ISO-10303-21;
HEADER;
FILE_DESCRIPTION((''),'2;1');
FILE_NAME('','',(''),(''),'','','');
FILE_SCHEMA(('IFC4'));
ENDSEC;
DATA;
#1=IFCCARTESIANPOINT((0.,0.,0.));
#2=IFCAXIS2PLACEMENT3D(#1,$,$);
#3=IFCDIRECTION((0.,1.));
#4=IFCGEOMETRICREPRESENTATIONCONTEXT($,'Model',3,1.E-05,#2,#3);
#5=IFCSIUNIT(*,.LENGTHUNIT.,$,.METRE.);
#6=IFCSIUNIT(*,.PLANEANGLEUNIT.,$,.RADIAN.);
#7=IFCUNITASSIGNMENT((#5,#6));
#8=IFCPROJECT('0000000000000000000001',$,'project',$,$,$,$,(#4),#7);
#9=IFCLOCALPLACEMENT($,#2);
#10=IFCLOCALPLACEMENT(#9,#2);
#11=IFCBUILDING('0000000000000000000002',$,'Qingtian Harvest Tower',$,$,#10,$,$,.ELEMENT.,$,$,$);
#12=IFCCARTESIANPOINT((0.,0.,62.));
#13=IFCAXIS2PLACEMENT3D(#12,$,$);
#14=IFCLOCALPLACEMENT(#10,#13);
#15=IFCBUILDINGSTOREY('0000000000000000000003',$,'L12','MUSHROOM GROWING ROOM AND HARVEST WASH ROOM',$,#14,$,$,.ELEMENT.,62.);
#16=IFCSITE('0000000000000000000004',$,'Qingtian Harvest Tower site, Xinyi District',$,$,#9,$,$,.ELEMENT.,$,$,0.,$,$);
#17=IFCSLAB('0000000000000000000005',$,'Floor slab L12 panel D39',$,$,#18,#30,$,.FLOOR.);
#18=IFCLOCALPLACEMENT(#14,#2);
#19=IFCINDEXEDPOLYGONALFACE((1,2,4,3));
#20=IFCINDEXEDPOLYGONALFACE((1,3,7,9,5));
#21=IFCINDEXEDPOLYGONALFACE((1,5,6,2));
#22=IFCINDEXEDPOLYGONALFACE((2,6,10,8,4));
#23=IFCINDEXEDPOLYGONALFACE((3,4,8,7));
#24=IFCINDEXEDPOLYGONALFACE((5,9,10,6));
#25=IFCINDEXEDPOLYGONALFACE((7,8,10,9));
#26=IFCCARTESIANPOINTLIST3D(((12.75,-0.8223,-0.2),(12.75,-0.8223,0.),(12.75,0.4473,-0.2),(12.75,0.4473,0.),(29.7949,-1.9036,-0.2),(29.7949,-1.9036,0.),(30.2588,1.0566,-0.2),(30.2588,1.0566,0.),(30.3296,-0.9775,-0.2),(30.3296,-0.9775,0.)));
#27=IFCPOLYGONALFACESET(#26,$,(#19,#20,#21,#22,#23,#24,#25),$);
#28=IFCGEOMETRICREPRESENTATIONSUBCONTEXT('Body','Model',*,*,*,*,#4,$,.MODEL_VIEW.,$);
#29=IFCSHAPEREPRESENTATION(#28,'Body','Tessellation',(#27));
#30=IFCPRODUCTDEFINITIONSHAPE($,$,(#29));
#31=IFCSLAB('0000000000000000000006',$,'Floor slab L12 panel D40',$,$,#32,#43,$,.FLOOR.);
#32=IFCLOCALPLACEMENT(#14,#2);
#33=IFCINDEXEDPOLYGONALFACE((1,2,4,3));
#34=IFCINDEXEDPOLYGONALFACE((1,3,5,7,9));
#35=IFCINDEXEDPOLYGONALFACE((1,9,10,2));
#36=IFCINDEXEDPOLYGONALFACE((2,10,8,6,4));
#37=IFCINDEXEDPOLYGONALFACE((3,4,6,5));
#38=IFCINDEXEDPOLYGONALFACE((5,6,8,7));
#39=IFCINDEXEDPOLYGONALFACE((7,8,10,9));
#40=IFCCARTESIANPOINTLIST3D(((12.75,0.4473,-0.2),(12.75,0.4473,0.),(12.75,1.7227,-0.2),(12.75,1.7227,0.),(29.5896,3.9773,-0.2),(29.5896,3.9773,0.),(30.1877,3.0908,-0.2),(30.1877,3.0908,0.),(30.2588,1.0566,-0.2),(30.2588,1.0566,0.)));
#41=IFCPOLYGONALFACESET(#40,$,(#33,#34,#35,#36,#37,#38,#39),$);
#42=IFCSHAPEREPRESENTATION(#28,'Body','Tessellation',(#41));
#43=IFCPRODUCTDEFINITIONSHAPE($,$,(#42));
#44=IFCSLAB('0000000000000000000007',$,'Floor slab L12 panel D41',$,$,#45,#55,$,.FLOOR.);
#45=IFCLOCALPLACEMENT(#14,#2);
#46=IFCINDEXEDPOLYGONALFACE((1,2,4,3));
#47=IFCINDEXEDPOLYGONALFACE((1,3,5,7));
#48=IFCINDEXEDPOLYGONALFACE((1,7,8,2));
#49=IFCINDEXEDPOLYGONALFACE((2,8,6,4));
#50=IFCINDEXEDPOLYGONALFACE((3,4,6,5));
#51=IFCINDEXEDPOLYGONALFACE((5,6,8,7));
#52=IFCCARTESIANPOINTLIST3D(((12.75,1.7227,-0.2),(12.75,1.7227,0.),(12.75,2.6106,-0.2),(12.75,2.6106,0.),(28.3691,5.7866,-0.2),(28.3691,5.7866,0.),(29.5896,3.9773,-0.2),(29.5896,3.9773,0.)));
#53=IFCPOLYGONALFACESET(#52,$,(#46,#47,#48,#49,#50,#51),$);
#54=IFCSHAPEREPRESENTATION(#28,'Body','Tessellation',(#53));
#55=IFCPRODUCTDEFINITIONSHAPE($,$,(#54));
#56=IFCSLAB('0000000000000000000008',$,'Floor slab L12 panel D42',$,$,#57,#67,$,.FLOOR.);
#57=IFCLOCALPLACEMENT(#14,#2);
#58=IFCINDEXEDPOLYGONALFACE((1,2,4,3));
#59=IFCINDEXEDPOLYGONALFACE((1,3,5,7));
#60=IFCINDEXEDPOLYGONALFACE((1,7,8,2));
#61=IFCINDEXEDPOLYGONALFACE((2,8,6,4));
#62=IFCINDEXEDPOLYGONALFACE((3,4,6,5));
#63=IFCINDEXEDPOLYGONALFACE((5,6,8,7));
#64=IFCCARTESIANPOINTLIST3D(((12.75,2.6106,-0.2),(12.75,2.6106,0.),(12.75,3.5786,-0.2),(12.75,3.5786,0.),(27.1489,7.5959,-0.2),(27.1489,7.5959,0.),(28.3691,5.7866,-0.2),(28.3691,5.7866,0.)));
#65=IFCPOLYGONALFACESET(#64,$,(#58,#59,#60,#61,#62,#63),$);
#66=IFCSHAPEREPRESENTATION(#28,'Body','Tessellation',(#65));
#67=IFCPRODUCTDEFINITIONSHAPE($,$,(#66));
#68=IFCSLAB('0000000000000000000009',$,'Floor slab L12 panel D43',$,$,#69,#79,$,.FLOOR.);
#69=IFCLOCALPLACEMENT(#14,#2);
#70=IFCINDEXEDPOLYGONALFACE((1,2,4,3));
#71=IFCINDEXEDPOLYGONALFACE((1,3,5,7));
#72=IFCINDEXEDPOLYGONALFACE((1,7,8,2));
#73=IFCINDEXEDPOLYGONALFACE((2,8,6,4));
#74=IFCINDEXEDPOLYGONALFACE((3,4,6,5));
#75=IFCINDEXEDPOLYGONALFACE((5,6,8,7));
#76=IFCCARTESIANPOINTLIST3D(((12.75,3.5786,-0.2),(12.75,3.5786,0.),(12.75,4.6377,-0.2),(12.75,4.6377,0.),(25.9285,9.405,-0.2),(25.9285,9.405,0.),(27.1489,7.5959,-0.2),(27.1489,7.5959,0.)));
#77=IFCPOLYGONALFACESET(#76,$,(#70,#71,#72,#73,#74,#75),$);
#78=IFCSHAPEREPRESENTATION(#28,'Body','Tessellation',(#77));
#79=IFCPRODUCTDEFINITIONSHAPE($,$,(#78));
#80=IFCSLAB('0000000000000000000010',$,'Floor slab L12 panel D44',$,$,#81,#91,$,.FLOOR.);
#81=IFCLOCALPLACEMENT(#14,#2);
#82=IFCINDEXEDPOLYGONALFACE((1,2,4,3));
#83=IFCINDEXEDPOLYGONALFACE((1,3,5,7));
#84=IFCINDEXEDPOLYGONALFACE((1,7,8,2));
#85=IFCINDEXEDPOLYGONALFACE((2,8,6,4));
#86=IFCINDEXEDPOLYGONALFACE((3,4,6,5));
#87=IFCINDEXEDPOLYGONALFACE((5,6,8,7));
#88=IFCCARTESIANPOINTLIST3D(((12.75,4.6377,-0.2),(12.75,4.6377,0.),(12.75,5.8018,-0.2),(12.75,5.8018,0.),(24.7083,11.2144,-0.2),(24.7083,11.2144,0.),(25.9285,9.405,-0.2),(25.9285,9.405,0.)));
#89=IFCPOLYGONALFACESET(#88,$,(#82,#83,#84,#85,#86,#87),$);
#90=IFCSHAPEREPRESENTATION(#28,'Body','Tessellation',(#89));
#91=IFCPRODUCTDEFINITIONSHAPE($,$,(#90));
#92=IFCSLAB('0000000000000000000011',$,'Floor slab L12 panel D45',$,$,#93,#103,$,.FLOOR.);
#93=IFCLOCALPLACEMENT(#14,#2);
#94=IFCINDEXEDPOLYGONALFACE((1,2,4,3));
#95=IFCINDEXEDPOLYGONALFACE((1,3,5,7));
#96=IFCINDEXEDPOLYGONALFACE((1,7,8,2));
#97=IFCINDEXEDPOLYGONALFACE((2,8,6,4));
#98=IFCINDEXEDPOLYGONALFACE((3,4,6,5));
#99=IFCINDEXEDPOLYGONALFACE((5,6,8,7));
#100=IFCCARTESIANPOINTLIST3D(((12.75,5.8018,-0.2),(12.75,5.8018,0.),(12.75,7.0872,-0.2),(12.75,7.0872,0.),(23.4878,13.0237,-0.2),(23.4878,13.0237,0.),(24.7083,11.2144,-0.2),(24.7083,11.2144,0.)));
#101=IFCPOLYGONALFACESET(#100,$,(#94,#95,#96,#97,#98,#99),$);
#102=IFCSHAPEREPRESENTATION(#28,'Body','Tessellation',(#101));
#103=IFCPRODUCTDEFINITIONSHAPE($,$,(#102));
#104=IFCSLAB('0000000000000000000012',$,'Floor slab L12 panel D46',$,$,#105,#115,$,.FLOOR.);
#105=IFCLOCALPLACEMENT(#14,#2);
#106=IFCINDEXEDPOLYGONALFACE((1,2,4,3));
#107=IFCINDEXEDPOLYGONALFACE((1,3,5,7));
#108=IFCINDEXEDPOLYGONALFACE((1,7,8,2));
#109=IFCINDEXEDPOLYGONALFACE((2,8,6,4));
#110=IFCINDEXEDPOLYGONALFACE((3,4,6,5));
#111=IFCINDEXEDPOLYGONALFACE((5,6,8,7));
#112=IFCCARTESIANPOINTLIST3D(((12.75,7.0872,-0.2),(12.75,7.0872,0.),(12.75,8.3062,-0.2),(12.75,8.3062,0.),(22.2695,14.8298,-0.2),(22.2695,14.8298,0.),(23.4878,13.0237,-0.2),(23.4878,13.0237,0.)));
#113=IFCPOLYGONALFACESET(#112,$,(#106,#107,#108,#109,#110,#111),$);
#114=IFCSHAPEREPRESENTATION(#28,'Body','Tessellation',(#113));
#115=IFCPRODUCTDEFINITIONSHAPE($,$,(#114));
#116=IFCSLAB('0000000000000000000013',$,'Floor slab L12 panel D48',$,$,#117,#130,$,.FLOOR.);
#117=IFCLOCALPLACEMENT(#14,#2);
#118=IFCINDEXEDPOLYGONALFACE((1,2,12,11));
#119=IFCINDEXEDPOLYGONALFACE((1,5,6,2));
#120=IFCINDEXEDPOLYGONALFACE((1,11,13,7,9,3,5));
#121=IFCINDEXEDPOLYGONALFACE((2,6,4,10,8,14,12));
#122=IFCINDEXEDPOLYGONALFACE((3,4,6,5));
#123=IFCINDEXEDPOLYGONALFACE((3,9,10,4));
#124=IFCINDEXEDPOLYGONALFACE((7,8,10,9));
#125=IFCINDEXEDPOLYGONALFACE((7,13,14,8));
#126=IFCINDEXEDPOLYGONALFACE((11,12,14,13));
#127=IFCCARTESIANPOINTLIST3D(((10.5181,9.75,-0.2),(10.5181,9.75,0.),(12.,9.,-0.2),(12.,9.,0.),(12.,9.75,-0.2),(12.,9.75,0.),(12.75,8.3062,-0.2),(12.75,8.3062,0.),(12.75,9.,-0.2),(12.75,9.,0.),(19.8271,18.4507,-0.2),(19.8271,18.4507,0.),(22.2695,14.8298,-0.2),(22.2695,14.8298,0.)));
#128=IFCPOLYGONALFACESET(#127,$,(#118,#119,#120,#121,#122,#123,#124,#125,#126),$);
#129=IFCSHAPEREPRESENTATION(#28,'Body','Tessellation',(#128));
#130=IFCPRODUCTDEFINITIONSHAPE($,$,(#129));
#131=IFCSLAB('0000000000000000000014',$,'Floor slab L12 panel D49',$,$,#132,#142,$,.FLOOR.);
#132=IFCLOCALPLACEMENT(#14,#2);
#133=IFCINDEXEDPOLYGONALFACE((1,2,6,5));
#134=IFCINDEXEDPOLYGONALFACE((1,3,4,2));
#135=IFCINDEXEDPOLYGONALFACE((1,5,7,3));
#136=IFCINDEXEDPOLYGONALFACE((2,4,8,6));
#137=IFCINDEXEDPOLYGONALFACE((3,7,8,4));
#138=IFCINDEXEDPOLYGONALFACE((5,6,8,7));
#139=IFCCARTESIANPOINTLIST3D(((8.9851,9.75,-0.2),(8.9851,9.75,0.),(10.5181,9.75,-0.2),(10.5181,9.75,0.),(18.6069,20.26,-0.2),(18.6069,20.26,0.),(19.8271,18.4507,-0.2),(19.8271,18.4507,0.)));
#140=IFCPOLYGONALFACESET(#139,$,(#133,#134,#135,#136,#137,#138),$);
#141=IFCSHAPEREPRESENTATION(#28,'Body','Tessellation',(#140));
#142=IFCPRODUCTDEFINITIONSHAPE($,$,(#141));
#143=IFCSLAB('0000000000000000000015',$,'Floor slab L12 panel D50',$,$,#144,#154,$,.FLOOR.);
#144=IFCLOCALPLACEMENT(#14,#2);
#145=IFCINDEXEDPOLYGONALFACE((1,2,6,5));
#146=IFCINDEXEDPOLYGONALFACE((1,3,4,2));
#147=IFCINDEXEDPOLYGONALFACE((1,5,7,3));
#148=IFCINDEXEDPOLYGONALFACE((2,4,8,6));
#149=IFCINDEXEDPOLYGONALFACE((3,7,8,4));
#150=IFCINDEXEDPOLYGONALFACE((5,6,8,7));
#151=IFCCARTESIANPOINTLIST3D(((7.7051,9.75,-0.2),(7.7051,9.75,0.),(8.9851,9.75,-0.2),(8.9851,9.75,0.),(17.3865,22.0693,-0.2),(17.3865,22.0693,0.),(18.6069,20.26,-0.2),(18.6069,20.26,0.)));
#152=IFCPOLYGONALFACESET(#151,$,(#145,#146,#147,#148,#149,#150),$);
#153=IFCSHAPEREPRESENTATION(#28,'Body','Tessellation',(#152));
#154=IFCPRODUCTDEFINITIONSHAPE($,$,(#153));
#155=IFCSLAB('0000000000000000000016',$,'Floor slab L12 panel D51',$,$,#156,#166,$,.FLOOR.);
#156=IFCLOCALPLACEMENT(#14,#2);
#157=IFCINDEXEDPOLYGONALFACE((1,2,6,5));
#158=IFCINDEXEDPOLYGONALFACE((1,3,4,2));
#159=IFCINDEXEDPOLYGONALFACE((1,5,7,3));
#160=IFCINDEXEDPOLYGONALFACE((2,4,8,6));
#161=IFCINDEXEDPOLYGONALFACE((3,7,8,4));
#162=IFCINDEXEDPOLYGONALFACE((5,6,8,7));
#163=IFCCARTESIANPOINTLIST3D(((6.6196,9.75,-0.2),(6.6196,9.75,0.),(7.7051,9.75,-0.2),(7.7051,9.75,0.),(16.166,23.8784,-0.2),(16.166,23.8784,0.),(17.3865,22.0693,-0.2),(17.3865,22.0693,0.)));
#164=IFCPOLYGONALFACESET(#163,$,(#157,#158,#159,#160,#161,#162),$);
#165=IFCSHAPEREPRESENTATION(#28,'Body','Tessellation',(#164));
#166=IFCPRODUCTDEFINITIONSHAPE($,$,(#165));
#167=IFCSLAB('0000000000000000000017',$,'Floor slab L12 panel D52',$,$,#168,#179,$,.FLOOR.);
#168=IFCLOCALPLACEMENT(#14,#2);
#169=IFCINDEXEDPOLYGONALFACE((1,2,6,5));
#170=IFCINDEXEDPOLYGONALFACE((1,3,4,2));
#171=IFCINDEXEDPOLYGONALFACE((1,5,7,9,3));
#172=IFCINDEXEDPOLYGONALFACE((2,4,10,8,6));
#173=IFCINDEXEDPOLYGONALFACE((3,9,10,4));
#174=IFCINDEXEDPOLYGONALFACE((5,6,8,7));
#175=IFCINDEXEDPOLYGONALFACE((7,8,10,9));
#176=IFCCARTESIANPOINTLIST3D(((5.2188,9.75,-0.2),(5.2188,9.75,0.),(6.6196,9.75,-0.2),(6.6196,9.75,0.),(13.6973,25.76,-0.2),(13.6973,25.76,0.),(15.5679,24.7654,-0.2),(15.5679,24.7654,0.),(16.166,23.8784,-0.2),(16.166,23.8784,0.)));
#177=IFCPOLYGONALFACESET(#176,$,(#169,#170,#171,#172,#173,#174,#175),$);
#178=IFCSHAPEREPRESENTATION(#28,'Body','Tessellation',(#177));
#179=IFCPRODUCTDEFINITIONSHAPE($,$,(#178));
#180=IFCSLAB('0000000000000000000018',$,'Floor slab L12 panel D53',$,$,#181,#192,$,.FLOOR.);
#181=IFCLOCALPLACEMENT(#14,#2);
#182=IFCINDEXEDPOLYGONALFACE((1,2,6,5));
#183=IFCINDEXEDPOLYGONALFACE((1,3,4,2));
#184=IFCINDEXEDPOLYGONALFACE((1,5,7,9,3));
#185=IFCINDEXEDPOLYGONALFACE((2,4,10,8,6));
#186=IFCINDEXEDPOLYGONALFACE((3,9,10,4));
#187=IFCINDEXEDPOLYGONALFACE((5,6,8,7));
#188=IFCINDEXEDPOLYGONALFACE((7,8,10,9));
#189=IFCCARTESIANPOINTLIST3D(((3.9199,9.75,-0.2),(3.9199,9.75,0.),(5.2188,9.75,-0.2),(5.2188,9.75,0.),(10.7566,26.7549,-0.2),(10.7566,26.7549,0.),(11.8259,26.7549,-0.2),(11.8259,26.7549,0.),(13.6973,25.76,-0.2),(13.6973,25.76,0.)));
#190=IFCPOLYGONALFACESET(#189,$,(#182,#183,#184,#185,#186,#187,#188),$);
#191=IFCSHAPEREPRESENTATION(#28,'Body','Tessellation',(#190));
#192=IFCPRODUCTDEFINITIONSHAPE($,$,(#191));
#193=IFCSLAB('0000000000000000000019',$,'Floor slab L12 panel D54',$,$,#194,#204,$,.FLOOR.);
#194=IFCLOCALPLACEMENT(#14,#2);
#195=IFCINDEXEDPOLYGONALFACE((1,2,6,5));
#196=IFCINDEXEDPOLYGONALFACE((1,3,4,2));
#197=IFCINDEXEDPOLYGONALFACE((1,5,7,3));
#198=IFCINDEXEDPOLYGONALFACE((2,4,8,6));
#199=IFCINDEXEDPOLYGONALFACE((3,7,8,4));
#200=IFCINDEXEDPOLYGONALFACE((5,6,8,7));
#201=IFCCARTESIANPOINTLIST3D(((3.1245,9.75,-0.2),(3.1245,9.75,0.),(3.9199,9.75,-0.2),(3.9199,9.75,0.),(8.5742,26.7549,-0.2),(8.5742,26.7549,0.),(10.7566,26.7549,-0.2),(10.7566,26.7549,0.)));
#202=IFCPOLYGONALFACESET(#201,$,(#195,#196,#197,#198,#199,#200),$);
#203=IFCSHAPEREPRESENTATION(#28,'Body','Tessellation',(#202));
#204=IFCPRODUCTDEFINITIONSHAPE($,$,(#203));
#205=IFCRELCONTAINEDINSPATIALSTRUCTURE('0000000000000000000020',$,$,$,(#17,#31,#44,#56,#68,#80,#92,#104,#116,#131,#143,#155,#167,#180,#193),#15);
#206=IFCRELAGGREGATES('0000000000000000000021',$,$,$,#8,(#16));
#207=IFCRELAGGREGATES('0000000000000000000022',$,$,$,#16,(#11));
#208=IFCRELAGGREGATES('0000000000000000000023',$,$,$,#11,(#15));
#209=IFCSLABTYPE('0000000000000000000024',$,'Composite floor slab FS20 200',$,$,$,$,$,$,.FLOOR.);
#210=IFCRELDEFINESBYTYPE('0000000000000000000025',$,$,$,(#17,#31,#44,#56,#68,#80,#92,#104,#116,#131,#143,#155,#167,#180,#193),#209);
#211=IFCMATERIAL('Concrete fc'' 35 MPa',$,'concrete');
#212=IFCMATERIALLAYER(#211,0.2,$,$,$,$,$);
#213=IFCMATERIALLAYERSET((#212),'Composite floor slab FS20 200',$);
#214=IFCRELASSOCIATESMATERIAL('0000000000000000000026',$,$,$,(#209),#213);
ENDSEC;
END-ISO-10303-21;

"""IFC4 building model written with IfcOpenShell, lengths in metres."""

from ifc_helpers import new_model, si_unit, direction, frame, origin, place, context, subcontext, project, spatial, polyline, outline, extrude, material, layer, layer_set, type_object, element, save


model = new_model("IFC4")

# Units and contexts
model_context = context("Model", 3, precision=1e-05, world=origin(), true_north=direction((0.0, 1.0)))
body_context = subcontext(model_context, "Body", "Model", "MODEL_VIEW")
ifc_project = project(units=[si_unit("LENGTHUNIT", "METRE"), si_unit("PLANEANGLEUNIT", "RADIAN")], contexts=[model_context])

# Site, building, storey
site_placement = place(None, origin())
site = spatial("IfcSite", under=ifc_project, at=site_placement, Name="Qingtian Harvest Tower site, Xinyi District", CompositionType="ELEMENT", RefElevation=0.0)
building_placement = place(site_placement, origin())
building = spatial("IfcBuilding", under=site, at=building_placement, Name="Qingtian Harvest Tower", CompositionType="ELEMENT")
storey_placement = place(building_placement, frame((0.0, 0.0, 62.0)))
storey = spatial("IfcBuildingStorey", under=building, at=storey_placement, Name="L12", Description="MUSHROOM GROWING ROOM AND HARVEST WASH ROOM", CompositionType="ELEMENT", Elevation=62.0)

# Slabs
ifc_material_1 = material(Name="Concrete fc' 35 MPa", Category="concrete")
ifc_layer_1 = layer(ifc_material_1, 0.2)
ifc_layer_set_1 = layer_set([ifc_layer_1], Name="Composite floor slab FS20 200")
slab_type = type_object("IfcSlabType", Name="Composite floor slab FS20 200", PredefinedType="FLOOR", material=ifc_layer_set_1)
slab_1_placement = place(storey_placement, frame((0.0, 0.0, -0.2)))
element("IfcSlab", 1, at=slab_1_placement, inside=storey, type_object=slab_type, Name="Floor slab L12 panel D39", PredefinedType="FLOOR", context=body_context, shape_type="SweptSolid", body=[
    extrude(outline(polyline([(12.75, -0.8223), (12.75, 0.4473), (30.2588, 1.0566), (30.3296, -0.9775), (29.7949, -1.9036), (12.75, -0.8223)])), origin(), (0.0, 0.0, 1.0), 0.2),
])
slab_2_placement = place(storey_placement, frame((0.0, 0.0, -0.2)))
element("IfcSlab", 2, at=slab_2_placement, inside=storey, type_object=slab_type, Name="Floor slab L12 panel D40", PredefinedType="FLOOR", context=body_context, shape_type="SweptSolid", body=[
    extrude(outline(polyline([(12.75, 0.4473), (12.75, 1.7227), (29.5896, 3.9773), (30.1877, 3.0908), (30.2588, 1.0566), (12.75, 0.4473)])), origin(), (0.0, 0.0, 1.0), 0.2),
])
slab_3_placement = place(storey_placement, frame((0.0, 0.0, -0.2)))
element("IfcSlab", 3, at=slab_3_placement, inside=storey, type_object=slab_type, Name="Floor slab L12 panel D41", PredefinedType="FLOOR", context=body_context, shape_type="SweptSolid", body=[
    extrude(outline(polyline([(12.75, 2.6106), (28.3691, 5.7866), (29.5896, 3.9773), (12.75, 1.7227), (12.75, 2.6106)])), origin(), (0.0, 0.0, 1.0), 0.2),
])
slab_4_placement = place(storey_placement, frame((0.0, 0.0, -0.2)))
element("IfcSlab", 4, at=slab_4_placement, inside=storey, type_object=slab_type, Name="Floor slab L12 panel D42", PredefinedType="FLOOR", context=body_context, shape_type="SweptSolid", body=[
    extrude(outline(polyline([(12.75, 3.5786), (27.1489, 7.5959), (28.3691, 5.7866), (12.75, 2.6106), (12.75, 3.5786)])), origin(), (0.0, 0.0, 1.0), 0.2),
])
slab_5_placement = place(storey_placement, frame((0.0, 0.0, -0.2)))
element("IfcSlab", 5, at=slab_5_placement, inside=storey, type_object=slab_type, Name="Floor slab L12 panel D43", PredefinedType="FLOOR", context=body_context, shape_type="SweptSolid", body=[
    extrude(outline(polyline([(12.75, 4.6377), (25.9285, 9.405), (27.1489, 7.5959), (12.75, 3.5786), (12.75, 4.6377)])), origin(), (0.0, 0.0, 1.0), 0.2),
])
slab_6_placement = place(storey_placement, frame((0.0, 0.0, -0.2)))
element("IfcSlab", 6, at=slab_6_placement, inside=storey, type_object=slab_type, Name="Floor slab L12 panel D44", PredefinedType="FLOOR", context=body_context, shape_type="SweptSolid", body=[
    extrude(outline(polyline([(12.75, 5.8018), (24.7083, 11.2144), (25.9285, 9.405), (12.75, 4.6377), (12.75, 5.8018)])), origin(), (0.0, 0.0, 1.0), 0.2),
])
slab_7_placement = place(storey_placement, frame((0.0, 0.0, -0.2)))
element("IfcSlab", 7, at=slab_7_placement, inside=storey, type_object=slab_type, Name="Floor slab L12 panel D45", PredefinedType="FLOOR", context=body_context, shape_type="SweptSolid", body=[
    extrude(outline(polyline([(12.75, 7.0872), (23.4878, 13.0237), (24.7083, 11.2144), (12.75, 5.8018), (12.75, 7.0872)])), origin(), (0.0, 0.0, 1.0), 0.2),
])
slab_8_placement = place(storey_placement, frame((0.0, 0.0, -0.2)))
element("IfcSlab", 8, at=slab_8_placement, inside=storey, type_object=slab_type, Name="Floor slab L12 panel D46", PredefinedType="FLOOR", context=body_context, shape_type="SweptSolid", body=[
    extrude(outline(polyline([(12.75, 8.3062), (22.2695, 14.8298), (23.4878, 13.0237), (12.75, 7.0872), (12.75, 8.3062)])), origin(), (0.0, 0.0, 1.0), 0.2),
])
slab_9_placement = place(storey_placement, frame((0.0, 0.0, -0.2)))
element("IfcSlab", 9, at=slab_9_placement, inside=storey, type_object=slab_type, Name="Floor slab L12 panel D48", PredefinedType="FLOOR", context=body_context, shape_type="SweptSolid", body=[
    extrude(outline(polyline([(19.8271, 18.4507), (22.2695, 14.8298), (12.75, 8.3062), (12.75, 9.0), (12.0, 9.0), (12.0, 9.75), (10.5181, 9.75), (19.8271, 18.4507)])), origin(), (0.0, 0.0, 1.0), 0.2),
])
slab_10_placement = place(storey_placement, frame((0.0, 0.0, -0.2)))
element("IfcSlab", 10, at=slab_10_placement, inside=storey, type_object=slab_type, Name="Floor slab L12 panel D49", PredefinedType="FLOOR", context=body_context, shape_type="SweptSolid", body=[
    extrude(outline(polyline([(8.9851, 9.75), (18.6069, 20.26), (19.8271, 18.4507), (10.5181, 9.75), (8.9851, 9.75)])), origin(), (0.0, 0.0, 1.0), 0.2),
])
slab_11_placement = place(storey_placement, frame((0.0, 0.0, -0.2)))
element("IfcSlab", 11, at=slab_11_placement, inside=storey, type_object=slab_type, Name="Floor slab L12 panel D50", PredefinedType="FLOOR", context=body_context, shape_type="SweptSolid", body=[
    extrude(outline(polyline([(7.7051, 9.75), (17.3865, 22.0693), (18.6069, 20.26), (8.9851, 9.75), (7.7051, 9.75)])), origin(), (0.0, 0.0, 1.0), 0.2),
])
slab_12_placement = place(storey_placement, frame((0.0, 0.0, -0.2)))
element("IfcSlab", 12, at=slab_12_placement, inside=storey, type_object=slab_type, Name="Floor slab L12 panel D51", PredefinedType="FLOOR", context=body_context, shape_type="SweptSolid", body=[
    extrude(outline(polyline([(6.6196, 9.75), (16.166, 23.8784), (17.3865, 22.0693), (7.7051, 9.75), (6.6196, 9.75)])), origin(), (0.0, 0.0, 1.0), 0.2),
])
slab_13_placement = place(storey_placement, frame((0.0, 0.0, -0.2)))
element("IfcSlab", 13, at=slab_13_placement, inside=storey, type_object=slab_type, Name="Floor slab L12 panel D52", PredefinedType="FLOOR", context=body_context, shape_type="SweptSolid", body=[
    extrude(outline(polyline([(6.6196, 9.75), (5.2188, 9.75), (13.6973, 25.76), (15.5679, 24.7654), (16.166, 23.8784), (6.6196, 9.75)])), origin(), (0.0, 0.0, 1.0), 0.2),
])
slab_14_placement = place(storey_placement, frame((0.0, 0.0, -0.2)))
element("IfcSlab", 14, at=slab_14_placement, inside=storey, type_object=slab_type, Name="Floor slab L12 panel D53", PredefinedType="FLOOR", context=body_context, shape_type="SweptSolid", body=[
    extrude(outline(polyline([(3.9199, 9.75), (10.7566, 26.7549), (11.8259, 26.7549), (13.6973, 25.76), (5.2188, 9.75), (3.9199, 9.75)])), origin(), (0.0, 0.0, 1.0), 0.2),
])
slab_15_placement = place(storey_placement, frame((0.0, 0.0, -0.2)))
element("IfcSlab", 15, at=slab_15_placement, inside=storey, type_object=slab_type, Name="Floor slab L12 panel D54", PredefinedType="FLOOR", context=body_context, shape_type="SweptSolid", body=[
    extrude(outline(polyline([(3.1245, 9.75), (8.5742, 26.7549), (10.7566, 26.7549), (3.9199, 9.75), (3.1245, 9.75)])), origin(), (0.0, 0.0, 1.0), 0.2),
])

save(model, "model.ifc")
